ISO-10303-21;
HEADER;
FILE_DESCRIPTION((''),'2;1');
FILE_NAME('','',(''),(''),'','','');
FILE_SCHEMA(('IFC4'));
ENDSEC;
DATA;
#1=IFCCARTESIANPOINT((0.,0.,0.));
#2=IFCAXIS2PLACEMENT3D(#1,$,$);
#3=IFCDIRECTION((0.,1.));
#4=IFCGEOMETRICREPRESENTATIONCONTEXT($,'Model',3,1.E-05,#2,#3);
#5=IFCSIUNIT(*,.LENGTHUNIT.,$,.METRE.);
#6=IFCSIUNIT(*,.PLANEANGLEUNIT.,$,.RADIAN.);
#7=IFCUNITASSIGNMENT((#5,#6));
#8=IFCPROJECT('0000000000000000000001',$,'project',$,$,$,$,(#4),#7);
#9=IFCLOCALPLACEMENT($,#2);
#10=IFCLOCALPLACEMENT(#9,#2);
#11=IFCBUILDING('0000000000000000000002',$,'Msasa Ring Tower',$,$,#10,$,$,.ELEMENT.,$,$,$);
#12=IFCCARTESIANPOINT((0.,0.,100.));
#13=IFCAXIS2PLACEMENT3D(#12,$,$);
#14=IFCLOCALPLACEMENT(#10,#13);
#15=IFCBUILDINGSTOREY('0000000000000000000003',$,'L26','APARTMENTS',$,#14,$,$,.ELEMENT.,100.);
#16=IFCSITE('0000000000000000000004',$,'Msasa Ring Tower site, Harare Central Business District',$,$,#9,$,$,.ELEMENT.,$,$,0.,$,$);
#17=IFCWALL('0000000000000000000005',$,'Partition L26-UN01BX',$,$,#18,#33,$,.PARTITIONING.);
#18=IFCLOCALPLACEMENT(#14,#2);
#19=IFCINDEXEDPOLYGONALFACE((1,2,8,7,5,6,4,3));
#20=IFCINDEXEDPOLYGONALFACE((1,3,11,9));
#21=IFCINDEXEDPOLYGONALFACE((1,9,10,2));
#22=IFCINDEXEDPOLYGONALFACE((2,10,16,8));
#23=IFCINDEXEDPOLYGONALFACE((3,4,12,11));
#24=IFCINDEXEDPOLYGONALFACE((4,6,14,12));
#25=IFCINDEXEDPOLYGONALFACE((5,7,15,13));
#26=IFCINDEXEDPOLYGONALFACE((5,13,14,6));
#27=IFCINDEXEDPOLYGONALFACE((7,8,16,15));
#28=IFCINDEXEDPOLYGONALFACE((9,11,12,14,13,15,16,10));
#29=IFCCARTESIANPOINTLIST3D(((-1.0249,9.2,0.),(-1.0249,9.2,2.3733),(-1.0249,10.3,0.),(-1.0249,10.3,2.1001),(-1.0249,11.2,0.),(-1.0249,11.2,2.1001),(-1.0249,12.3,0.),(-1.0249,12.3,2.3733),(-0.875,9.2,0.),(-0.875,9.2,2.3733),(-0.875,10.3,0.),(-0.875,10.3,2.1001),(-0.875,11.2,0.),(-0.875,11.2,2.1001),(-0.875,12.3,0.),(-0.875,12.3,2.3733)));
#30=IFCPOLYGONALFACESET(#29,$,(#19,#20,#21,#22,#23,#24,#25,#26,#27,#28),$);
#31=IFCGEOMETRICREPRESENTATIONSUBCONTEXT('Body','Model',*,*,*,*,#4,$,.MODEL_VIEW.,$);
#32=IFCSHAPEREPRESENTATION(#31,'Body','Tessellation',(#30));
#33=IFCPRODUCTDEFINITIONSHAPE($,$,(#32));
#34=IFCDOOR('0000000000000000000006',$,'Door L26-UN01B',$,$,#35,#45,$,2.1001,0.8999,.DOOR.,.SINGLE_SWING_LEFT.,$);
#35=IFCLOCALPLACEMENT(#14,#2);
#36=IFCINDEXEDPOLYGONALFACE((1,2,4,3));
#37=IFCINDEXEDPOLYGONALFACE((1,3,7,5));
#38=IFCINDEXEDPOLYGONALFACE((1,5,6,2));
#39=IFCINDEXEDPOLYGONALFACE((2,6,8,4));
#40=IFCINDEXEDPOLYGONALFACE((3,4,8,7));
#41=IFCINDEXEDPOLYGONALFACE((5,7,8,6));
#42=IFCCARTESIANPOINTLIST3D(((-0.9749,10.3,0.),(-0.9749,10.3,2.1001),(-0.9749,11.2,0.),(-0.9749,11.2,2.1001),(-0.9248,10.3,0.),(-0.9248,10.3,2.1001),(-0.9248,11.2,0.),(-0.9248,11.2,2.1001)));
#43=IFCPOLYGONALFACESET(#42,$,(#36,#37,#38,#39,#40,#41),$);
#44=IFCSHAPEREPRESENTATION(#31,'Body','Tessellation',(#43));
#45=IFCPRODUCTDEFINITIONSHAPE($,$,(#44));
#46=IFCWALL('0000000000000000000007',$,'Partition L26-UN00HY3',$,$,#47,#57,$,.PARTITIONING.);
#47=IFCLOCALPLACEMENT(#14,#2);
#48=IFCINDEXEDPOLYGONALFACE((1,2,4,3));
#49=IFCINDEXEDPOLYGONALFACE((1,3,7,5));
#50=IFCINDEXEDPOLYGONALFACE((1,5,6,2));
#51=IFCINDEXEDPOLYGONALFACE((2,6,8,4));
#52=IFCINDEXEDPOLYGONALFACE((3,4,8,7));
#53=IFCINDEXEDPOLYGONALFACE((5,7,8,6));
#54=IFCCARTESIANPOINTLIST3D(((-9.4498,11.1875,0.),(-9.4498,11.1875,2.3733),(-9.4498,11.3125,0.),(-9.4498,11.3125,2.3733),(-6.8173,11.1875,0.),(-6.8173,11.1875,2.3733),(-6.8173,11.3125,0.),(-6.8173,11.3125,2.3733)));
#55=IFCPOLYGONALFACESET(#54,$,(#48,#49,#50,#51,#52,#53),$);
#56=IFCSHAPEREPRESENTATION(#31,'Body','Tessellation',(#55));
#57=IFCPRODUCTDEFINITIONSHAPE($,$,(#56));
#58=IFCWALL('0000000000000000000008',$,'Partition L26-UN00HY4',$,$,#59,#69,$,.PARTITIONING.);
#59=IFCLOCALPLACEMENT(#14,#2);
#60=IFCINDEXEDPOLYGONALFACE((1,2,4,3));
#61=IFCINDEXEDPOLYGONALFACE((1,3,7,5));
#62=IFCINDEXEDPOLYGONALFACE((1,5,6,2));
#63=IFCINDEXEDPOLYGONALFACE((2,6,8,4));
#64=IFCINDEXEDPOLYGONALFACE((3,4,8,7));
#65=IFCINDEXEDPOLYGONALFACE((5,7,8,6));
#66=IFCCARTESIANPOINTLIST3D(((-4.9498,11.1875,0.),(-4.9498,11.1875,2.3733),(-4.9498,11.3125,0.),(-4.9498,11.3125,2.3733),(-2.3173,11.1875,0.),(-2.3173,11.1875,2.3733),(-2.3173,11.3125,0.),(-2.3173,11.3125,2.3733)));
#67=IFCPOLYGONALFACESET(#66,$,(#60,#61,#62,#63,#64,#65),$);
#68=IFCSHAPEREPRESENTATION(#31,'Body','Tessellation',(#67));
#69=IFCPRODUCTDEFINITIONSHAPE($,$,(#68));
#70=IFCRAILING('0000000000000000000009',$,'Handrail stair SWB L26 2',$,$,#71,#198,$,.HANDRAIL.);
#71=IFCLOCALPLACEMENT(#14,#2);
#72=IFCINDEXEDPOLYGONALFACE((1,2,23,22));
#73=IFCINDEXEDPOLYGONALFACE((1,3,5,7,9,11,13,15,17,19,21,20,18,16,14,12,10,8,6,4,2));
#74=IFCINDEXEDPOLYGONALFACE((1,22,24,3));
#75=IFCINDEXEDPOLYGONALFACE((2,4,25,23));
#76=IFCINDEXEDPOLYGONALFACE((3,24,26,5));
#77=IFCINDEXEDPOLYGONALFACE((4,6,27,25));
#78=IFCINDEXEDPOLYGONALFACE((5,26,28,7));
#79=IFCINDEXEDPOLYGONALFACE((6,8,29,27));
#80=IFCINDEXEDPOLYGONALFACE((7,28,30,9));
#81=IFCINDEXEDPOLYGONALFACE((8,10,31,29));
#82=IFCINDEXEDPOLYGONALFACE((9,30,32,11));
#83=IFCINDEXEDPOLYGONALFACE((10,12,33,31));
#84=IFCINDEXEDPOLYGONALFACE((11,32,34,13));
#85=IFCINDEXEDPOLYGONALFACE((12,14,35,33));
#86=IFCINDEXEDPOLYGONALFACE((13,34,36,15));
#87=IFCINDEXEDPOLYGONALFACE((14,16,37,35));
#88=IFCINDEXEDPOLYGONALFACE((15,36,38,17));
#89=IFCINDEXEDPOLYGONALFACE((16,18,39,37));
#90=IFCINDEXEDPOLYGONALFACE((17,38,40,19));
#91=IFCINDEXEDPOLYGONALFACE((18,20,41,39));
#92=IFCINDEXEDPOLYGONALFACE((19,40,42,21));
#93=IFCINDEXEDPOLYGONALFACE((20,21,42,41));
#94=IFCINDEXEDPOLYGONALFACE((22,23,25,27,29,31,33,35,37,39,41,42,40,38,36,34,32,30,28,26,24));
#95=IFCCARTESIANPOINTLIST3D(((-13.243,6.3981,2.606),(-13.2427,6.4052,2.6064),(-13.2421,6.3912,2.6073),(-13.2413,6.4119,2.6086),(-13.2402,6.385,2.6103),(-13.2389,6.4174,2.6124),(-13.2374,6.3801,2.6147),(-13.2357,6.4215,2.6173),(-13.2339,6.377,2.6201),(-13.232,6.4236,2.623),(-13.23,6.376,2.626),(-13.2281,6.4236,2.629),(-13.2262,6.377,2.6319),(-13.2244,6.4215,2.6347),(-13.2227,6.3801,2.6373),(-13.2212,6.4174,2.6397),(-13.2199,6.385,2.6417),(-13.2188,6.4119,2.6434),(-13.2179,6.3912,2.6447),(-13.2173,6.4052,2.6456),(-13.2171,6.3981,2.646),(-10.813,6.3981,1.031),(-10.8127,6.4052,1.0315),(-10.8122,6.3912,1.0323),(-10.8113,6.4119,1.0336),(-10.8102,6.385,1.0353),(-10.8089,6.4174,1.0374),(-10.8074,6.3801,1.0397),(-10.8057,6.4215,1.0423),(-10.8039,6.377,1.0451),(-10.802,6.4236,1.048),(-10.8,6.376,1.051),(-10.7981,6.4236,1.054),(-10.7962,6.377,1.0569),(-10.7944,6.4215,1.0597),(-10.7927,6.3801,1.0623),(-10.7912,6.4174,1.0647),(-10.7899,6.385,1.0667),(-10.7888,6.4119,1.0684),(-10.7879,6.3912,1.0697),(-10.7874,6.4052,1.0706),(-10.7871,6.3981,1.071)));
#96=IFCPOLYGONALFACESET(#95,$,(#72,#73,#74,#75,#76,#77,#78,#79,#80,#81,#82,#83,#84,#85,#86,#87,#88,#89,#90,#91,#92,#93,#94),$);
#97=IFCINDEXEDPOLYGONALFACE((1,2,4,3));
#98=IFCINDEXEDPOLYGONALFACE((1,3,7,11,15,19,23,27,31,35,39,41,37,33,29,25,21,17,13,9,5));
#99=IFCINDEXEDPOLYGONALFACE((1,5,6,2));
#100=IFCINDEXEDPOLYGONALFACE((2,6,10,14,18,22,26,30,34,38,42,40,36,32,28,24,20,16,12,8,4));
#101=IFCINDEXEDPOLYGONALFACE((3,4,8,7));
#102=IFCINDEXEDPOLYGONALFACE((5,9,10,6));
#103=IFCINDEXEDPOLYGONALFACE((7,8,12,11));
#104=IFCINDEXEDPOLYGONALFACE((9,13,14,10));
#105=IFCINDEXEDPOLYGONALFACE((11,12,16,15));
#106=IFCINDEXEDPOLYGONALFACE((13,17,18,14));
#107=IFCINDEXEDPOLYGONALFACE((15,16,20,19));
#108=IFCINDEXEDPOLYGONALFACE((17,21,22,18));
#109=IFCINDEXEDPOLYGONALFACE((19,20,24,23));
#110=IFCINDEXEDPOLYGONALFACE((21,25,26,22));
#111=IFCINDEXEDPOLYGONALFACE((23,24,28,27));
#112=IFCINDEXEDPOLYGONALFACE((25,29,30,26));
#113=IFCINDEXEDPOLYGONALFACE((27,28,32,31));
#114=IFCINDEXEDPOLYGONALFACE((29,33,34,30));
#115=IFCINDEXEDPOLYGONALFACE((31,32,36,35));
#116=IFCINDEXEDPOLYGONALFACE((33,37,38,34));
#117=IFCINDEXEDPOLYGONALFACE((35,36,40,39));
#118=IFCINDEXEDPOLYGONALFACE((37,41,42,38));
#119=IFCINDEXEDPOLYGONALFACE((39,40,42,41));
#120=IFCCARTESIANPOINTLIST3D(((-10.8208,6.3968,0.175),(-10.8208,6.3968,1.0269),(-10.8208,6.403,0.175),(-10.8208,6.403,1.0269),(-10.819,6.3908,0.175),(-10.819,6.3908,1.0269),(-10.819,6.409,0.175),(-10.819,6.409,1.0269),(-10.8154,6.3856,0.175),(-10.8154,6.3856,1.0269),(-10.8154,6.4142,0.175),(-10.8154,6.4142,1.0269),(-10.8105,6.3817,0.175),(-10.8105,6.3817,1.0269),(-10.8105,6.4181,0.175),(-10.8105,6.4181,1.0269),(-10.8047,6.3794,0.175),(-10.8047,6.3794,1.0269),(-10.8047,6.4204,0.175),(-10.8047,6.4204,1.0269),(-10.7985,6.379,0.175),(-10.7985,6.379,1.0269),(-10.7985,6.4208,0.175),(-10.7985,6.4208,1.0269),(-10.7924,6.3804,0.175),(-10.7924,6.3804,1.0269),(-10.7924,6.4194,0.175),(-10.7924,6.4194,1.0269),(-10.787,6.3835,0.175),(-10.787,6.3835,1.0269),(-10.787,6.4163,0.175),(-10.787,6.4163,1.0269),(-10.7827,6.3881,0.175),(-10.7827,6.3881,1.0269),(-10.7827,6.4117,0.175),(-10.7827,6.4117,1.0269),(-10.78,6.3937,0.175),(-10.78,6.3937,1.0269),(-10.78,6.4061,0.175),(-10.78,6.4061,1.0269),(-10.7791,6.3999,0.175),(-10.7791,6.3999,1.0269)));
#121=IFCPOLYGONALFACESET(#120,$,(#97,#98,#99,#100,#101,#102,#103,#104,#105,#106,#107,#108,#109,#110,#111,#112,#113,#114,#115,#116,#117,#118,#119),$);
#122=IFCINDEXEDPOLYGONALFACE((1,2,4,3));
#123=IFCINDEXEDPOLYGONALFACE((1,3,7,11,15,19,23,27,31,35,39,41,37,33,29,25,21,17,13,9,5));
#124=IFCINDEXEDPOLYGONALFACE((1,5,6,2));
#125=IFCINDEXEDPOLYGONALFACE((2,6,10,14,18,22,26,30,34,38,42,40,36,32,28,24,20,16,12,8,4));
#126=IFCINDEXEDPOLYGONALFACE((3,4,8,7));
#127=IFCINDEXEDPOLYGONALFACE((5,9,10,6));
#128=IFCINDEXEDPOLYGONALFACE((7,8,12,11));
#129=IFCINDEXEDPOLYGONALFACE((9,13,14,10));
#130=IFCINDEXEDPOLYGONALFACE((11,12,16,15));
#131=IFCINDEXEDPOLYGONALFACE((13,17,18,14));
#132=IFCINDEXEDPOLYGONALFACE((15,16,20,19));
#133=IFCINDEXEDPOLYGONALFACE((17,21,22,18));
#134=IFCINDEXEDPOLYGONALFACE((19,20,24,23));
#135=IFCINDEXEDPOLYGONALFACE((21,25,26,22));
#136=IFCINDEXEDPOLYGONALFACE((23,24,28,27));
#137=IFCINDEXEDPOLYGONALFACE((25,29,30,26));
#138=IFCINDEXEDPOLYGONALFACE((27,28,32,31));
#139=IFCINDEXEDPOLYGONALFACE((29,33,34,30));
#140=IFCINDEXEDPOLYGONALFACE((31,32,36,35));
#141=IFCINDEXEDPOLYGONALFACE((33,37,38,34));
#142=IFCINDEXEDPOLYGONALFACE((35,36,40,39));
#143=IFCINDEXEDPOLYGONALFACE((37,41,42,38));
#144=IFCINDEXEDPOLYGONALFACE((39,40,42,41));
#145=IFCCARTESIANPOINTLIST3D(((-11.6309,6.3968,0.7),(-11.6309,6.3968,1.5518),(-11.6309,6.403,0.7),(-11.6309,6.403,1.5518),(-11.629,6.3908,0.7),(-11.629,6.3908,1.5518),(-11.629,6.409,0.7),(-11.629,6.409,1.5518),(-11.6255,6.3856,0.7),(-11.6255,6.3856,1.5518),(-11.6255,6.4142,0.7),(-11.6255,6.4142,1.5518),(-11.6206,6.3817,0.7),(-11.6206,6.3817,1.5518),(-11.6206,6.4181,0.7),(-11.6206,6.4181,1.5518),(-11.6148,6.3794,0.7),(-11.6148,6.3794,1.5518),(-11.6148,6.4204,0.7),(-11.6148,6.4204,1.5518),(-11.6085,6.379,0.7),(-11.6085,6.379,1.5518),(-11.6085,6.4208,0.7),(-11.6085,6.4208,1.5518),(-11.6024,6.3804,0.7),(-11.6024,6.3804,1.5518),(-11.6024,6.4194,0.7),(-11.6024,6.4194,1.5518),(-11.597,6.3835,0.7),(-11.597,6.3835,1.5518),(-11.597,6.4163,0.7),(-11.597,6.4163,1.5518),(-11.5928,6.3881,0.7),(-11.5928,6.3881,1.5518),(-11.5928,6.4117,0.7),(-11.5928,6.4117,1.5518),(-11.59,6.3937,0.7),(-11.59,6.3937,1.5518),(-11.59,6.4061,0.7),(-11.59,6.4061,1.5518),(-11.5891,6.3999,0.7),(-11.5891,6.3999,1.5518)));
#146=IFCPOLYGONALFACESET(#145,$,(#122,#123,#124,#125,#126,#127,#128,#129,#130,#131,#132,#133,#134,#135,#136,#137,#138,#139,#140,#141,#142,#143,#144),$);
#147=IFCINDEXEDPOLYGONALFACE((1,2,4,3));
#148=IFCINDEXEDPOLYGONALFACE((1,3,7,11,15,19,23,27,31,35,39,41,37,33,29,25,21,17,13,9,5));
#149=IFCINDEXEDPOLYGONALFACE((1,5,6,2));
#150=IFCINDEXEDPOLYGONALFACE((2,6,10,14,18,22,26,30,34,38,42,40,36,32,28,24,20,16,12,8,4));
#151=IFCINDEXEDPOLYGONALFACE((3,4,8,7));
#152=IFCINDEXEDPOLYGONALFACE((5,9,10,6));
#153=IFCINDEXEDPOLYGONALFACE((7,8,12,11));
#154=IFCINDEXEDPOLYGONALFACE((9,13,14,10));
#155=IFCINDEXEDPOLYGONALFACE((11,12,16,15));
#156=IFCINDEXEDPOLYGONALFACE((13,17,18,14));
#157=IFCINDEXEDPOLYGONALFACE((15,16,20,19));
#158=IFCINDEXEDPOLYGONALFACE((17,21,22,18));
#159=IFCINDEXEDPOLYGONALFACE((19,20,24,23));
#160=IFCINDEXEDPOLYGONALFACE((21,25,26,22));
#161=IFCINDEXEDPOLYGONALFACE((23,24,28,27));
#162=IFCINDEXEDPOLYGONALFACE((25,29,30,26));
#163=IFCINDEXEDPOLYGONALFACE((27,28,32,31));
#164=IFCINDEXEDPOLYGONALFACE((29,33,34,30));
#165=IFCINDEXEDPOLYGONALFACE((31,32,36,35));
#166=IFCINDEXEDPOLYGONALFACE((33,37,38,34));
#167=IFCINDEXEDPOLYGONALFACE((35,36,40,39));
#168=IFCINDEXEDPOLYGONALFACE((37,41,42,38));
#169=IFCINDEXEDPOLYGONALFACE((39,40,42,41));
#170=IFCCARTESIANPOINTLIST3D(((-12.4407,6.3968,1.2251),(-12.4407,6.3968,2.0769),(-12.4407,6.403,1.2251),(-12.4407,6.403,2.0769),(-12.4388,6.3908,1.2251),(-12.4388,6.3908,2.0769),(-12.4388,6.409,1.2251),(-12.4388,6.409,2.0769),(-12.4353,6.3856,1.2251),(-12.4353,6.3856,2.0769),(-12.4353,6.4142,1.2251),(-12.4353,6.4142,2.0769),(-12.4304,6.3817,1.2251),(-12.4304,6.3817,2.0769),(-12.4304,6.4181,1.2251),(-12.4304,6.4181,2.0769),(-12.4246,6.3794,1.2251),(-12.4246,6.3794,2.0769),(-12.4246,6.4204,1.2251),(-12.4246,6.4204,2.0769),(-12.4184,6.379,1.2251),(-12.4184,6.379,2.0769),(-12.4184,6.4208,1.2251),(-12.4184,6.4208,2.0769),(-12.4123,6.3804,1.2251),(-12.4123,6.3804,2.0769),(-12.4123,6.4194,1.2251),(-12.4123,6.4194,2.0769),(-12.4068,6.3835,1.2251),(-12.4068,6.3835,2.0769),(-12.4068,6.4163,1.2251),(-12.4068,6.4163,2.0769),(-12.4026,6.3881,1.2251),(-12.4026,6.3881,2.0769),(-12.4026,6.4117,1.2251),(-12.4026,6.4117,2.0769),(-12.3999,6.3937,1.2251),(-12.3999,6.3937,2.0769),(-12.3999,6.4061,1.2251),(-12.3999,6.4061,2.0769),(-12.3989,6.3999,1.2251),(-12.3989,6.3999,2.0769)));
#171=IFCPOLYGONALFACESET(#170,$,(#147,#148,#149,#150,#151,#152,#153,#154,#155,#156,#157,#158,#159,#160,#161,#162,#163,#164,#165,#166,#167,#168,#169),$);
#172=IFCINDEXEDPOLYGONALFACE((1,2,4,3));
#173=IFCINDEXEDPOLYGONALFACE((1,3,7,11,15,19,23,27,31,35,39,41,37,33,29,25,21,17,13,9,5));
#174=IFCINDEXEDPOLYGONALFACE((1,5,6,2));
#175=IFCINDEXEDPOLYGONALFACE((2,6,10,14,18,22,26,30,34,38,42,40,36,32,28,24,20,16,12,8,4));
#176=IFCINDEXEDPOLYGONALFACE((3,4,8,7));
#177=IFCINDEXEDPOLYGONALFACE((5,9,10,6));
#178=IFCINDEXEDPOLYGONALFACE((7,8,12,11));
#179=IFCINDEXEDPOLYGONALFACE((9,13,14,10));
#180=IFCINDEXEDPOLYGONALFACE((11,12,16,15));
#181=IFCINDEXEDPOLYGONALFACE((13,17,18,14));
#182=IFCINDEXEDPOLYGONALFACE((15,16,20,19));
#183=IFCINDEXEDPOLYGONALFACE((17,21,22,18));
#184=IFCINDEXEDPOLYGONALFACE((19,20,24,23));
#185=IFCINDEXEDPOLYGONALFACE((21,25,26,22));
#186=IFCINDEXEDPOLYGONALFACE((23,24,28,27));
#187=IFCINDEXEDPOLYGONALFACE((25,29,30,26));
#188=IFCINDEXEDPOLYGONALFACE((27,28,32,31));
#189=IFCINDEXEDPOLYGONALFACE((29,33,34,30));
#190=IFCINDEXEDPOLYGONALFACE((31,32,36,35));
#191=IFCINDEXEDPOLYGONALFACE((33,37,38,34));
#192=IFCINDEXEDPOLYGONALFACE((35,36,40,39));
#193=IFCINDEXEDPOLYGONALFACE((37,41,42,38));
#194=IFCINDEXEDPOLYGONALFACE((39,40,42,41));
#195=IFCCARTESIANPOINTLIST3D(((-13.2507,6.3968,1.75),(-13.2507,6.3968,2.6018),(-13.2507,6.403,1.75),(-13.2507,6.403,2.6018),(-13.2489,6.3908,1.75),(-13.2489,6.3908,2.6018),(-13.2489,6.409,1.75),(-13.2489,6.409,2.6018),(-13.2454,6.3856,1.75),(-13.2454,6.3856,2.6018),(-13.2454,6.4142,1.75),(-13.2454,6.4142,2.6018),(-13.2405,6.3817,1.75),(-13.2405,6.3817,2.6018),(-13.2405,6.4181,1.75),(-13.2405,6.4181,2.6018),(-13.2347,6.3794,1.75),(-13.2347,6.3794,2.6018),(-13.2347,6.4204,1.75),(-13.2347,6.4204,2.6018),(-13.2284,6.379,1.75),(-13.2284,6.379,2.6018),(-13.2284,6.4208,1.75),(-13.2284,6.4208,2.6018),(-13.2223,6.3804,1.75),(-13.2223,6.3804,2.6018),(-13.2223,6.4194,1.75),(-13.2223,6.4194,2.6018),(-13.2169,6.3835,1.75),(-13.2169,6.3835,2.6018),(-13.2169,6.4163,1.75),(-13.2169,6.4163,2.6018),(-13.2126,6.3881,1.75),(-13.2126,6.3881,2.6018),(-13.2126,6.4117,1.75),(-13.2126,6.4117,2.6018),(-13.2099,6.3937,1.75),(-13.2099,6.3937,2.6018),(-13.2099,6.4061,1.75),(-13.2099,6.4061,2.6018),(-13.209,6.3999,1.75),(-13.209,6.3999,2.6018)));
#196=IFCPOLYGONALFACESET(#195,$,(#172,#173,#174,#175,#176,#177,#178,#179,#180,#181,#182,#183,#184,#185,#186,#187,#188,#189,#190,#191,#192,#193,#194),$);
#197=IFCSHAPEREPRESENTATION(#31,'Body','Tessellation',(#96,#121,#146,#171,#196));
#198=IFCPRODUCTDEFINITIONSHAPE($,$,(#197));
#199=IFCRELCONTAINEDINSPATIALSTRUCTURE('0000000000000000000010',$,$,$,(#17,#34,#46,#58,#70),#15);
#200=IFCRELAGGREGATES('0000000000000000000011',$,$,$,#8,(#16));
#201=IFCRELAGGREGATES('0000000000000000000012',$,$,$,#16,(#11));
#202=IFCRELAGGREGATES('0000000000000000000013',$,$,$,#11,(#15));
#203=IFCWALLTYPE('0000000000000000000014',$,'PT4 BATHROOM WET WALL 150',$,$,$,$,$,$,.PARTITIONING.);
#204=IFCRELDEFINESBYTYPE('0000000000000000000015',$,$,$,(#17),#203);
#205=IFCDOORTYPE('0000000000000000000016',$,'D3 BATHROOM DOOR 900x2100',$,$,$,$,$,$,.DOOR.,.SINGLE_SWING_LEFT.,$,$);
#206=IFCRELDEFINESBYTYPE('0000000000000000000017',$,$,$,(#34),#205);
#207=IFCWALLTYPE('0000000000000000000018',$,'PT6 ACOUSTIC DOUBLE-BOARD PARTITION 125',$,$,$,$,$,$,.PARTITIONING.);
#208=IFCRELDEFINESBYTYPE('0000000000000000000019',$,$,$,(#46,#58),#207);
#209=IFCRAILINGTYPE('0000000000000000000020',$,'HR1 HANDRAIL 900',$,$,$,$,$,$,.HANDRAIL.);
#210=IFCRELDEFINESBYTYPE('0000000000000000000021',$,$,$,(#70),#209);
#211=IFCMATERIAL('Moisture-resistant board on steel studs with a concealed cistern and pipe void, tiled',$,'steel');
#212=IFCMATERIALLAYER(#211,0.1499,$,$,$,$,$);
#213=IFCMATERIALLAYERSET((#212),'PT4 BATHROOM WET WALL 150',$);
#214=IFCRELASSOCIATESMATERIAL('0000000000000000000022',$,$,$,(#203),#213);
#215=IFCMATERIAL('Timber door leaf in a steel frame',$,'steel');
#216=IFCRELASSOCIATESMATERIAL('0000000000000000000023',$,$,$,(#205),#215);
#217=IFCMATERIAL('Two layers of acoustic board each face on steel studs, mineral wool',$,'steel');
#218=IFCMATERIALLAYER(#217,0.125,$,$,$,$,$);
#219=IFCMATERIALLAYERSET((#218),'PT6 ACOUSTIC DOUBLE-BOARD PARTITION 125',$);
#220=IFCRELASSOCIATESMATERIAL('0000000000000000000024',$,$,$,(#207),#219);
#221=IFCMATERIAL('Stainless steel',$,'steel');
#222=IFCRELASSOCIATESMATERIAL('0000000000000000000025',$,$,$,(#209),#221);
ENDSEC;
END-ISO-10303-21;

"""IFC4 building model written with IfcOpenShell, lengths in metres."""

from ifc_helpers import new_model, si_unit, direction, frame, frame_2d, origin, origin_2d, place, context, subcontext, project, spatial, rectangle, circle, extrude, material, layer, layer_set, type_object, element, fill, save


model = new_model("IFC4")

# Units and contexts
model_context = context("Model", 3, precision=1e-05, world=origin(), true_north=direction((0.0, 1.0)))
body_context = subcontext(model_context, "Body", "Model", "MODEL_VIEW")
ifc_project = project(units=[si_unit("LENGTHUNIT", "METRE"), si_unit("PLANEANGLEUNIT", "RADIAN")], contexts=[model_context])

# Site, building, storey
site_placement = place(None, origin())
site = spatial("IfcSite", under=ifc_project, at=site_placement, Name="Msasa Ring Tower site, Harare Central Business District", CompositionType="ELEMENT", RefElevation=0.0)
building_placement = place(site_placement, origin())
building = spatial("IfcBuilding", under=site, at=building_placement, Name="Msasa Ring Tower", CompositionType="ELEMENT")
storey_placement = place(building_placement, frame((0.0, 0.0, 100.0)))
storey = spatial("IfcBuildingStorey", under=building, at=storey_placement, Name="L26", Description="APARTMENTS", CompositionType="ELEMENT", Elevation=100.0)

# Wall, opening, door
ifc_material_1 = material(Name="Moisture-resistant board on steel studs with a concealed cistern and pipe void, tiled", Category="steel")
ifc_layer_1 = layer(ifc_material_1, 0.1499)
ifc_layer_set_1 = layer_set([ifc_layer_1], Name="PT4 BATHROOM WET WALL 150")
wall_type_1 = type_object("IfcWallType", Name="PT4 BATHROOM WET WALL 150", PredefinedType="PARTITIONING", material=ifc_layer_set_1)
wall_1_placement = place(storey_placement, frame((-0.95, 9.2, 0.0), z_axis=(0.0, 0.0, 1.0), x_axis=(0.0, 1.0, 0.0)))
wall_1 = element("IfcWall", 1, at=wall_1_placement, inside=storey, type_object=wall_type_1, Name="Partition L26-UN01BX", PredefinedType="PARTITIONING", context=body_context, shape_type="SweptSolid", body=[
    extrude(rectangle(XDim=3.1001, YDim=0.1499, at=frame_2d((1.55, 0.0))), origin(), (0.0, 0.0, 1.0), 2.3733),
])
opening_placement = place(wall_1_placement, frame((1.1001, 0.0, 0.0)))
opening = element("IfcOpeningElement", 2, at=opening_placement, cuts=wall_1, PredefinedType="OPENING", context=body_context, shape_type="SweptSolid", body=[
    extrude(rectangle(XDim=0.8999, YDim=2.1001, at=frame_2d((0.45, 1.05))), frame((0.0, 0.085, 0.0), z_axis=(0.0, -1.0, 0.0), x_axis=(1.0, 0.0, 0.0)), (0.0, 0.0, 1.0), 0.1699),
])
ifc_material_2 = material(Name="Timber door leaf in a steel frame", Category="steel")
door_type = type_object("IfcDoorType", Name="D3 BATHROOM DOOR 900x2100", OperationType="SINGLE_SWING_LEFT", PredefinedType="DOOR", material=ifc_material_2)
door_placement = place(opening_placement, origin())
door = element("IfcDoor", 3, at=door_placement, inside=storey, type_object=door_type, Name="Door L26-UN01B", OperationType="SINGLE_SWING_LEFT", OverallHeight=2.1001, OverallWidth=0.8999, PredefinedType="DOOR", context=body_context, shape_type="SweptSolid", body=[
    extrude(rectangle(XDim=0.8999, YDim=2.1001, at=frame_2d((0.45, 1.05))), frame((0.0, 0.0249, 0.0), z_axis=(0.0, -1.0, 0.0), x_axis=(1.0, 0.0, 0.0)), (0.0, 0.0, 1.0), 0.05),
])
fill(opening, door)

# Walls
ifc_material_3 = material(Name="Two layers of acoustic board each face on steel studs, mineral wool", Category="steel")
ifc_layer_2 = layer(ifc_material_3, 0.125)
ifc_layer_set_2 = layer_set([ifc_layer_2], Name="PT6 ACOUSTIC DOUBLE-BOARD PARTITION 125")
wall_type_2 = type_object("IfcWallType", Name="PT6 ACOUSTIC DOUBLE-BOARD PARTITION 125", PredefinedType="PARTITIONING", material=ifc_layer_set_2)
for number, where, z_axis, x_axis, name in (
    (4, (-9.45, 11.25, 0.0), (0.0, 0.0, 1.0), (1.0, 0.0, 0.0), "Partition L26-UN00HY3"),
    (5, (-4.95, 11.25, 0.0), (0.0, 0.0, 1.0), (1.0, 0.0, 0.0), "Partition L26-UN00HY4"),
):
    element("IfcWall", number, at=place(storey_placement, frame(where, z_axis=z_axis, x_axis=x_axis)), inside=storey, type_object=wall_type_2, Name=name, PredefinedType="PARTITIONING", context=body_context, shape_type="SweptSolid", body=[
        extrude(rectangle(XDim=2.6326, YDim=0.125, at=frame_2d((1.3164, 0.0))), origin(), (0.0, 0.0, 1.0), 2.3733),
    ])

# Railing
ifc_material_4 = material(Name="Stainless steel", Category="steel")
railing_type = type_object("IfcRailingType", Name="HR1 HANDRAIL 900", PredefinedType="HANDRAIL", material=ifc_material_4)
railing_placement = place(storey_placement, frame((-10.8, 6.3999, 0.175)))
element("IfcRailing", 6, at=railing_placement, inside=storey, type_object=railing_type, Name="Handrail stair SWB L26 2", PredefinedType="HANDRAIL", context=body_context, shape_type="SweptSolid", body=[
    extrude(circle(Radius=0.0239, at=origin_2d()), frame((0.0, 0.0, 0.876), z_axis=(-0.839154, 0.0, 0.543894), x_axis=(0.0, -1.0, 0.0)), (0.0, 0.0, 1.0), 2.8958),
    extrude(circle(Radius=0.021, at=origin_2d()), origin(), (0.0, 0.0, 1.0), 0.8518),
    extrude(circle(Radius=0.021, at=origin_2d()), frame((-0.8101, 0.0, 0.5249)), (0.0, 0.0, 1.0), 0.8518),
    extrude(circle(Radius=0.021, at=origin_2d()), frame((-1.6199, 0.0, 1.05)), (0.0, 0.0, 1.0), 0.8518),
    extrude(circle(Radius=0.021, at=origin_2d()), frame((-2.4299, 0.0, 1.575)), (0.0, 0.0, 1.0), 0.8518),
])

save(model, "model.ifc")
